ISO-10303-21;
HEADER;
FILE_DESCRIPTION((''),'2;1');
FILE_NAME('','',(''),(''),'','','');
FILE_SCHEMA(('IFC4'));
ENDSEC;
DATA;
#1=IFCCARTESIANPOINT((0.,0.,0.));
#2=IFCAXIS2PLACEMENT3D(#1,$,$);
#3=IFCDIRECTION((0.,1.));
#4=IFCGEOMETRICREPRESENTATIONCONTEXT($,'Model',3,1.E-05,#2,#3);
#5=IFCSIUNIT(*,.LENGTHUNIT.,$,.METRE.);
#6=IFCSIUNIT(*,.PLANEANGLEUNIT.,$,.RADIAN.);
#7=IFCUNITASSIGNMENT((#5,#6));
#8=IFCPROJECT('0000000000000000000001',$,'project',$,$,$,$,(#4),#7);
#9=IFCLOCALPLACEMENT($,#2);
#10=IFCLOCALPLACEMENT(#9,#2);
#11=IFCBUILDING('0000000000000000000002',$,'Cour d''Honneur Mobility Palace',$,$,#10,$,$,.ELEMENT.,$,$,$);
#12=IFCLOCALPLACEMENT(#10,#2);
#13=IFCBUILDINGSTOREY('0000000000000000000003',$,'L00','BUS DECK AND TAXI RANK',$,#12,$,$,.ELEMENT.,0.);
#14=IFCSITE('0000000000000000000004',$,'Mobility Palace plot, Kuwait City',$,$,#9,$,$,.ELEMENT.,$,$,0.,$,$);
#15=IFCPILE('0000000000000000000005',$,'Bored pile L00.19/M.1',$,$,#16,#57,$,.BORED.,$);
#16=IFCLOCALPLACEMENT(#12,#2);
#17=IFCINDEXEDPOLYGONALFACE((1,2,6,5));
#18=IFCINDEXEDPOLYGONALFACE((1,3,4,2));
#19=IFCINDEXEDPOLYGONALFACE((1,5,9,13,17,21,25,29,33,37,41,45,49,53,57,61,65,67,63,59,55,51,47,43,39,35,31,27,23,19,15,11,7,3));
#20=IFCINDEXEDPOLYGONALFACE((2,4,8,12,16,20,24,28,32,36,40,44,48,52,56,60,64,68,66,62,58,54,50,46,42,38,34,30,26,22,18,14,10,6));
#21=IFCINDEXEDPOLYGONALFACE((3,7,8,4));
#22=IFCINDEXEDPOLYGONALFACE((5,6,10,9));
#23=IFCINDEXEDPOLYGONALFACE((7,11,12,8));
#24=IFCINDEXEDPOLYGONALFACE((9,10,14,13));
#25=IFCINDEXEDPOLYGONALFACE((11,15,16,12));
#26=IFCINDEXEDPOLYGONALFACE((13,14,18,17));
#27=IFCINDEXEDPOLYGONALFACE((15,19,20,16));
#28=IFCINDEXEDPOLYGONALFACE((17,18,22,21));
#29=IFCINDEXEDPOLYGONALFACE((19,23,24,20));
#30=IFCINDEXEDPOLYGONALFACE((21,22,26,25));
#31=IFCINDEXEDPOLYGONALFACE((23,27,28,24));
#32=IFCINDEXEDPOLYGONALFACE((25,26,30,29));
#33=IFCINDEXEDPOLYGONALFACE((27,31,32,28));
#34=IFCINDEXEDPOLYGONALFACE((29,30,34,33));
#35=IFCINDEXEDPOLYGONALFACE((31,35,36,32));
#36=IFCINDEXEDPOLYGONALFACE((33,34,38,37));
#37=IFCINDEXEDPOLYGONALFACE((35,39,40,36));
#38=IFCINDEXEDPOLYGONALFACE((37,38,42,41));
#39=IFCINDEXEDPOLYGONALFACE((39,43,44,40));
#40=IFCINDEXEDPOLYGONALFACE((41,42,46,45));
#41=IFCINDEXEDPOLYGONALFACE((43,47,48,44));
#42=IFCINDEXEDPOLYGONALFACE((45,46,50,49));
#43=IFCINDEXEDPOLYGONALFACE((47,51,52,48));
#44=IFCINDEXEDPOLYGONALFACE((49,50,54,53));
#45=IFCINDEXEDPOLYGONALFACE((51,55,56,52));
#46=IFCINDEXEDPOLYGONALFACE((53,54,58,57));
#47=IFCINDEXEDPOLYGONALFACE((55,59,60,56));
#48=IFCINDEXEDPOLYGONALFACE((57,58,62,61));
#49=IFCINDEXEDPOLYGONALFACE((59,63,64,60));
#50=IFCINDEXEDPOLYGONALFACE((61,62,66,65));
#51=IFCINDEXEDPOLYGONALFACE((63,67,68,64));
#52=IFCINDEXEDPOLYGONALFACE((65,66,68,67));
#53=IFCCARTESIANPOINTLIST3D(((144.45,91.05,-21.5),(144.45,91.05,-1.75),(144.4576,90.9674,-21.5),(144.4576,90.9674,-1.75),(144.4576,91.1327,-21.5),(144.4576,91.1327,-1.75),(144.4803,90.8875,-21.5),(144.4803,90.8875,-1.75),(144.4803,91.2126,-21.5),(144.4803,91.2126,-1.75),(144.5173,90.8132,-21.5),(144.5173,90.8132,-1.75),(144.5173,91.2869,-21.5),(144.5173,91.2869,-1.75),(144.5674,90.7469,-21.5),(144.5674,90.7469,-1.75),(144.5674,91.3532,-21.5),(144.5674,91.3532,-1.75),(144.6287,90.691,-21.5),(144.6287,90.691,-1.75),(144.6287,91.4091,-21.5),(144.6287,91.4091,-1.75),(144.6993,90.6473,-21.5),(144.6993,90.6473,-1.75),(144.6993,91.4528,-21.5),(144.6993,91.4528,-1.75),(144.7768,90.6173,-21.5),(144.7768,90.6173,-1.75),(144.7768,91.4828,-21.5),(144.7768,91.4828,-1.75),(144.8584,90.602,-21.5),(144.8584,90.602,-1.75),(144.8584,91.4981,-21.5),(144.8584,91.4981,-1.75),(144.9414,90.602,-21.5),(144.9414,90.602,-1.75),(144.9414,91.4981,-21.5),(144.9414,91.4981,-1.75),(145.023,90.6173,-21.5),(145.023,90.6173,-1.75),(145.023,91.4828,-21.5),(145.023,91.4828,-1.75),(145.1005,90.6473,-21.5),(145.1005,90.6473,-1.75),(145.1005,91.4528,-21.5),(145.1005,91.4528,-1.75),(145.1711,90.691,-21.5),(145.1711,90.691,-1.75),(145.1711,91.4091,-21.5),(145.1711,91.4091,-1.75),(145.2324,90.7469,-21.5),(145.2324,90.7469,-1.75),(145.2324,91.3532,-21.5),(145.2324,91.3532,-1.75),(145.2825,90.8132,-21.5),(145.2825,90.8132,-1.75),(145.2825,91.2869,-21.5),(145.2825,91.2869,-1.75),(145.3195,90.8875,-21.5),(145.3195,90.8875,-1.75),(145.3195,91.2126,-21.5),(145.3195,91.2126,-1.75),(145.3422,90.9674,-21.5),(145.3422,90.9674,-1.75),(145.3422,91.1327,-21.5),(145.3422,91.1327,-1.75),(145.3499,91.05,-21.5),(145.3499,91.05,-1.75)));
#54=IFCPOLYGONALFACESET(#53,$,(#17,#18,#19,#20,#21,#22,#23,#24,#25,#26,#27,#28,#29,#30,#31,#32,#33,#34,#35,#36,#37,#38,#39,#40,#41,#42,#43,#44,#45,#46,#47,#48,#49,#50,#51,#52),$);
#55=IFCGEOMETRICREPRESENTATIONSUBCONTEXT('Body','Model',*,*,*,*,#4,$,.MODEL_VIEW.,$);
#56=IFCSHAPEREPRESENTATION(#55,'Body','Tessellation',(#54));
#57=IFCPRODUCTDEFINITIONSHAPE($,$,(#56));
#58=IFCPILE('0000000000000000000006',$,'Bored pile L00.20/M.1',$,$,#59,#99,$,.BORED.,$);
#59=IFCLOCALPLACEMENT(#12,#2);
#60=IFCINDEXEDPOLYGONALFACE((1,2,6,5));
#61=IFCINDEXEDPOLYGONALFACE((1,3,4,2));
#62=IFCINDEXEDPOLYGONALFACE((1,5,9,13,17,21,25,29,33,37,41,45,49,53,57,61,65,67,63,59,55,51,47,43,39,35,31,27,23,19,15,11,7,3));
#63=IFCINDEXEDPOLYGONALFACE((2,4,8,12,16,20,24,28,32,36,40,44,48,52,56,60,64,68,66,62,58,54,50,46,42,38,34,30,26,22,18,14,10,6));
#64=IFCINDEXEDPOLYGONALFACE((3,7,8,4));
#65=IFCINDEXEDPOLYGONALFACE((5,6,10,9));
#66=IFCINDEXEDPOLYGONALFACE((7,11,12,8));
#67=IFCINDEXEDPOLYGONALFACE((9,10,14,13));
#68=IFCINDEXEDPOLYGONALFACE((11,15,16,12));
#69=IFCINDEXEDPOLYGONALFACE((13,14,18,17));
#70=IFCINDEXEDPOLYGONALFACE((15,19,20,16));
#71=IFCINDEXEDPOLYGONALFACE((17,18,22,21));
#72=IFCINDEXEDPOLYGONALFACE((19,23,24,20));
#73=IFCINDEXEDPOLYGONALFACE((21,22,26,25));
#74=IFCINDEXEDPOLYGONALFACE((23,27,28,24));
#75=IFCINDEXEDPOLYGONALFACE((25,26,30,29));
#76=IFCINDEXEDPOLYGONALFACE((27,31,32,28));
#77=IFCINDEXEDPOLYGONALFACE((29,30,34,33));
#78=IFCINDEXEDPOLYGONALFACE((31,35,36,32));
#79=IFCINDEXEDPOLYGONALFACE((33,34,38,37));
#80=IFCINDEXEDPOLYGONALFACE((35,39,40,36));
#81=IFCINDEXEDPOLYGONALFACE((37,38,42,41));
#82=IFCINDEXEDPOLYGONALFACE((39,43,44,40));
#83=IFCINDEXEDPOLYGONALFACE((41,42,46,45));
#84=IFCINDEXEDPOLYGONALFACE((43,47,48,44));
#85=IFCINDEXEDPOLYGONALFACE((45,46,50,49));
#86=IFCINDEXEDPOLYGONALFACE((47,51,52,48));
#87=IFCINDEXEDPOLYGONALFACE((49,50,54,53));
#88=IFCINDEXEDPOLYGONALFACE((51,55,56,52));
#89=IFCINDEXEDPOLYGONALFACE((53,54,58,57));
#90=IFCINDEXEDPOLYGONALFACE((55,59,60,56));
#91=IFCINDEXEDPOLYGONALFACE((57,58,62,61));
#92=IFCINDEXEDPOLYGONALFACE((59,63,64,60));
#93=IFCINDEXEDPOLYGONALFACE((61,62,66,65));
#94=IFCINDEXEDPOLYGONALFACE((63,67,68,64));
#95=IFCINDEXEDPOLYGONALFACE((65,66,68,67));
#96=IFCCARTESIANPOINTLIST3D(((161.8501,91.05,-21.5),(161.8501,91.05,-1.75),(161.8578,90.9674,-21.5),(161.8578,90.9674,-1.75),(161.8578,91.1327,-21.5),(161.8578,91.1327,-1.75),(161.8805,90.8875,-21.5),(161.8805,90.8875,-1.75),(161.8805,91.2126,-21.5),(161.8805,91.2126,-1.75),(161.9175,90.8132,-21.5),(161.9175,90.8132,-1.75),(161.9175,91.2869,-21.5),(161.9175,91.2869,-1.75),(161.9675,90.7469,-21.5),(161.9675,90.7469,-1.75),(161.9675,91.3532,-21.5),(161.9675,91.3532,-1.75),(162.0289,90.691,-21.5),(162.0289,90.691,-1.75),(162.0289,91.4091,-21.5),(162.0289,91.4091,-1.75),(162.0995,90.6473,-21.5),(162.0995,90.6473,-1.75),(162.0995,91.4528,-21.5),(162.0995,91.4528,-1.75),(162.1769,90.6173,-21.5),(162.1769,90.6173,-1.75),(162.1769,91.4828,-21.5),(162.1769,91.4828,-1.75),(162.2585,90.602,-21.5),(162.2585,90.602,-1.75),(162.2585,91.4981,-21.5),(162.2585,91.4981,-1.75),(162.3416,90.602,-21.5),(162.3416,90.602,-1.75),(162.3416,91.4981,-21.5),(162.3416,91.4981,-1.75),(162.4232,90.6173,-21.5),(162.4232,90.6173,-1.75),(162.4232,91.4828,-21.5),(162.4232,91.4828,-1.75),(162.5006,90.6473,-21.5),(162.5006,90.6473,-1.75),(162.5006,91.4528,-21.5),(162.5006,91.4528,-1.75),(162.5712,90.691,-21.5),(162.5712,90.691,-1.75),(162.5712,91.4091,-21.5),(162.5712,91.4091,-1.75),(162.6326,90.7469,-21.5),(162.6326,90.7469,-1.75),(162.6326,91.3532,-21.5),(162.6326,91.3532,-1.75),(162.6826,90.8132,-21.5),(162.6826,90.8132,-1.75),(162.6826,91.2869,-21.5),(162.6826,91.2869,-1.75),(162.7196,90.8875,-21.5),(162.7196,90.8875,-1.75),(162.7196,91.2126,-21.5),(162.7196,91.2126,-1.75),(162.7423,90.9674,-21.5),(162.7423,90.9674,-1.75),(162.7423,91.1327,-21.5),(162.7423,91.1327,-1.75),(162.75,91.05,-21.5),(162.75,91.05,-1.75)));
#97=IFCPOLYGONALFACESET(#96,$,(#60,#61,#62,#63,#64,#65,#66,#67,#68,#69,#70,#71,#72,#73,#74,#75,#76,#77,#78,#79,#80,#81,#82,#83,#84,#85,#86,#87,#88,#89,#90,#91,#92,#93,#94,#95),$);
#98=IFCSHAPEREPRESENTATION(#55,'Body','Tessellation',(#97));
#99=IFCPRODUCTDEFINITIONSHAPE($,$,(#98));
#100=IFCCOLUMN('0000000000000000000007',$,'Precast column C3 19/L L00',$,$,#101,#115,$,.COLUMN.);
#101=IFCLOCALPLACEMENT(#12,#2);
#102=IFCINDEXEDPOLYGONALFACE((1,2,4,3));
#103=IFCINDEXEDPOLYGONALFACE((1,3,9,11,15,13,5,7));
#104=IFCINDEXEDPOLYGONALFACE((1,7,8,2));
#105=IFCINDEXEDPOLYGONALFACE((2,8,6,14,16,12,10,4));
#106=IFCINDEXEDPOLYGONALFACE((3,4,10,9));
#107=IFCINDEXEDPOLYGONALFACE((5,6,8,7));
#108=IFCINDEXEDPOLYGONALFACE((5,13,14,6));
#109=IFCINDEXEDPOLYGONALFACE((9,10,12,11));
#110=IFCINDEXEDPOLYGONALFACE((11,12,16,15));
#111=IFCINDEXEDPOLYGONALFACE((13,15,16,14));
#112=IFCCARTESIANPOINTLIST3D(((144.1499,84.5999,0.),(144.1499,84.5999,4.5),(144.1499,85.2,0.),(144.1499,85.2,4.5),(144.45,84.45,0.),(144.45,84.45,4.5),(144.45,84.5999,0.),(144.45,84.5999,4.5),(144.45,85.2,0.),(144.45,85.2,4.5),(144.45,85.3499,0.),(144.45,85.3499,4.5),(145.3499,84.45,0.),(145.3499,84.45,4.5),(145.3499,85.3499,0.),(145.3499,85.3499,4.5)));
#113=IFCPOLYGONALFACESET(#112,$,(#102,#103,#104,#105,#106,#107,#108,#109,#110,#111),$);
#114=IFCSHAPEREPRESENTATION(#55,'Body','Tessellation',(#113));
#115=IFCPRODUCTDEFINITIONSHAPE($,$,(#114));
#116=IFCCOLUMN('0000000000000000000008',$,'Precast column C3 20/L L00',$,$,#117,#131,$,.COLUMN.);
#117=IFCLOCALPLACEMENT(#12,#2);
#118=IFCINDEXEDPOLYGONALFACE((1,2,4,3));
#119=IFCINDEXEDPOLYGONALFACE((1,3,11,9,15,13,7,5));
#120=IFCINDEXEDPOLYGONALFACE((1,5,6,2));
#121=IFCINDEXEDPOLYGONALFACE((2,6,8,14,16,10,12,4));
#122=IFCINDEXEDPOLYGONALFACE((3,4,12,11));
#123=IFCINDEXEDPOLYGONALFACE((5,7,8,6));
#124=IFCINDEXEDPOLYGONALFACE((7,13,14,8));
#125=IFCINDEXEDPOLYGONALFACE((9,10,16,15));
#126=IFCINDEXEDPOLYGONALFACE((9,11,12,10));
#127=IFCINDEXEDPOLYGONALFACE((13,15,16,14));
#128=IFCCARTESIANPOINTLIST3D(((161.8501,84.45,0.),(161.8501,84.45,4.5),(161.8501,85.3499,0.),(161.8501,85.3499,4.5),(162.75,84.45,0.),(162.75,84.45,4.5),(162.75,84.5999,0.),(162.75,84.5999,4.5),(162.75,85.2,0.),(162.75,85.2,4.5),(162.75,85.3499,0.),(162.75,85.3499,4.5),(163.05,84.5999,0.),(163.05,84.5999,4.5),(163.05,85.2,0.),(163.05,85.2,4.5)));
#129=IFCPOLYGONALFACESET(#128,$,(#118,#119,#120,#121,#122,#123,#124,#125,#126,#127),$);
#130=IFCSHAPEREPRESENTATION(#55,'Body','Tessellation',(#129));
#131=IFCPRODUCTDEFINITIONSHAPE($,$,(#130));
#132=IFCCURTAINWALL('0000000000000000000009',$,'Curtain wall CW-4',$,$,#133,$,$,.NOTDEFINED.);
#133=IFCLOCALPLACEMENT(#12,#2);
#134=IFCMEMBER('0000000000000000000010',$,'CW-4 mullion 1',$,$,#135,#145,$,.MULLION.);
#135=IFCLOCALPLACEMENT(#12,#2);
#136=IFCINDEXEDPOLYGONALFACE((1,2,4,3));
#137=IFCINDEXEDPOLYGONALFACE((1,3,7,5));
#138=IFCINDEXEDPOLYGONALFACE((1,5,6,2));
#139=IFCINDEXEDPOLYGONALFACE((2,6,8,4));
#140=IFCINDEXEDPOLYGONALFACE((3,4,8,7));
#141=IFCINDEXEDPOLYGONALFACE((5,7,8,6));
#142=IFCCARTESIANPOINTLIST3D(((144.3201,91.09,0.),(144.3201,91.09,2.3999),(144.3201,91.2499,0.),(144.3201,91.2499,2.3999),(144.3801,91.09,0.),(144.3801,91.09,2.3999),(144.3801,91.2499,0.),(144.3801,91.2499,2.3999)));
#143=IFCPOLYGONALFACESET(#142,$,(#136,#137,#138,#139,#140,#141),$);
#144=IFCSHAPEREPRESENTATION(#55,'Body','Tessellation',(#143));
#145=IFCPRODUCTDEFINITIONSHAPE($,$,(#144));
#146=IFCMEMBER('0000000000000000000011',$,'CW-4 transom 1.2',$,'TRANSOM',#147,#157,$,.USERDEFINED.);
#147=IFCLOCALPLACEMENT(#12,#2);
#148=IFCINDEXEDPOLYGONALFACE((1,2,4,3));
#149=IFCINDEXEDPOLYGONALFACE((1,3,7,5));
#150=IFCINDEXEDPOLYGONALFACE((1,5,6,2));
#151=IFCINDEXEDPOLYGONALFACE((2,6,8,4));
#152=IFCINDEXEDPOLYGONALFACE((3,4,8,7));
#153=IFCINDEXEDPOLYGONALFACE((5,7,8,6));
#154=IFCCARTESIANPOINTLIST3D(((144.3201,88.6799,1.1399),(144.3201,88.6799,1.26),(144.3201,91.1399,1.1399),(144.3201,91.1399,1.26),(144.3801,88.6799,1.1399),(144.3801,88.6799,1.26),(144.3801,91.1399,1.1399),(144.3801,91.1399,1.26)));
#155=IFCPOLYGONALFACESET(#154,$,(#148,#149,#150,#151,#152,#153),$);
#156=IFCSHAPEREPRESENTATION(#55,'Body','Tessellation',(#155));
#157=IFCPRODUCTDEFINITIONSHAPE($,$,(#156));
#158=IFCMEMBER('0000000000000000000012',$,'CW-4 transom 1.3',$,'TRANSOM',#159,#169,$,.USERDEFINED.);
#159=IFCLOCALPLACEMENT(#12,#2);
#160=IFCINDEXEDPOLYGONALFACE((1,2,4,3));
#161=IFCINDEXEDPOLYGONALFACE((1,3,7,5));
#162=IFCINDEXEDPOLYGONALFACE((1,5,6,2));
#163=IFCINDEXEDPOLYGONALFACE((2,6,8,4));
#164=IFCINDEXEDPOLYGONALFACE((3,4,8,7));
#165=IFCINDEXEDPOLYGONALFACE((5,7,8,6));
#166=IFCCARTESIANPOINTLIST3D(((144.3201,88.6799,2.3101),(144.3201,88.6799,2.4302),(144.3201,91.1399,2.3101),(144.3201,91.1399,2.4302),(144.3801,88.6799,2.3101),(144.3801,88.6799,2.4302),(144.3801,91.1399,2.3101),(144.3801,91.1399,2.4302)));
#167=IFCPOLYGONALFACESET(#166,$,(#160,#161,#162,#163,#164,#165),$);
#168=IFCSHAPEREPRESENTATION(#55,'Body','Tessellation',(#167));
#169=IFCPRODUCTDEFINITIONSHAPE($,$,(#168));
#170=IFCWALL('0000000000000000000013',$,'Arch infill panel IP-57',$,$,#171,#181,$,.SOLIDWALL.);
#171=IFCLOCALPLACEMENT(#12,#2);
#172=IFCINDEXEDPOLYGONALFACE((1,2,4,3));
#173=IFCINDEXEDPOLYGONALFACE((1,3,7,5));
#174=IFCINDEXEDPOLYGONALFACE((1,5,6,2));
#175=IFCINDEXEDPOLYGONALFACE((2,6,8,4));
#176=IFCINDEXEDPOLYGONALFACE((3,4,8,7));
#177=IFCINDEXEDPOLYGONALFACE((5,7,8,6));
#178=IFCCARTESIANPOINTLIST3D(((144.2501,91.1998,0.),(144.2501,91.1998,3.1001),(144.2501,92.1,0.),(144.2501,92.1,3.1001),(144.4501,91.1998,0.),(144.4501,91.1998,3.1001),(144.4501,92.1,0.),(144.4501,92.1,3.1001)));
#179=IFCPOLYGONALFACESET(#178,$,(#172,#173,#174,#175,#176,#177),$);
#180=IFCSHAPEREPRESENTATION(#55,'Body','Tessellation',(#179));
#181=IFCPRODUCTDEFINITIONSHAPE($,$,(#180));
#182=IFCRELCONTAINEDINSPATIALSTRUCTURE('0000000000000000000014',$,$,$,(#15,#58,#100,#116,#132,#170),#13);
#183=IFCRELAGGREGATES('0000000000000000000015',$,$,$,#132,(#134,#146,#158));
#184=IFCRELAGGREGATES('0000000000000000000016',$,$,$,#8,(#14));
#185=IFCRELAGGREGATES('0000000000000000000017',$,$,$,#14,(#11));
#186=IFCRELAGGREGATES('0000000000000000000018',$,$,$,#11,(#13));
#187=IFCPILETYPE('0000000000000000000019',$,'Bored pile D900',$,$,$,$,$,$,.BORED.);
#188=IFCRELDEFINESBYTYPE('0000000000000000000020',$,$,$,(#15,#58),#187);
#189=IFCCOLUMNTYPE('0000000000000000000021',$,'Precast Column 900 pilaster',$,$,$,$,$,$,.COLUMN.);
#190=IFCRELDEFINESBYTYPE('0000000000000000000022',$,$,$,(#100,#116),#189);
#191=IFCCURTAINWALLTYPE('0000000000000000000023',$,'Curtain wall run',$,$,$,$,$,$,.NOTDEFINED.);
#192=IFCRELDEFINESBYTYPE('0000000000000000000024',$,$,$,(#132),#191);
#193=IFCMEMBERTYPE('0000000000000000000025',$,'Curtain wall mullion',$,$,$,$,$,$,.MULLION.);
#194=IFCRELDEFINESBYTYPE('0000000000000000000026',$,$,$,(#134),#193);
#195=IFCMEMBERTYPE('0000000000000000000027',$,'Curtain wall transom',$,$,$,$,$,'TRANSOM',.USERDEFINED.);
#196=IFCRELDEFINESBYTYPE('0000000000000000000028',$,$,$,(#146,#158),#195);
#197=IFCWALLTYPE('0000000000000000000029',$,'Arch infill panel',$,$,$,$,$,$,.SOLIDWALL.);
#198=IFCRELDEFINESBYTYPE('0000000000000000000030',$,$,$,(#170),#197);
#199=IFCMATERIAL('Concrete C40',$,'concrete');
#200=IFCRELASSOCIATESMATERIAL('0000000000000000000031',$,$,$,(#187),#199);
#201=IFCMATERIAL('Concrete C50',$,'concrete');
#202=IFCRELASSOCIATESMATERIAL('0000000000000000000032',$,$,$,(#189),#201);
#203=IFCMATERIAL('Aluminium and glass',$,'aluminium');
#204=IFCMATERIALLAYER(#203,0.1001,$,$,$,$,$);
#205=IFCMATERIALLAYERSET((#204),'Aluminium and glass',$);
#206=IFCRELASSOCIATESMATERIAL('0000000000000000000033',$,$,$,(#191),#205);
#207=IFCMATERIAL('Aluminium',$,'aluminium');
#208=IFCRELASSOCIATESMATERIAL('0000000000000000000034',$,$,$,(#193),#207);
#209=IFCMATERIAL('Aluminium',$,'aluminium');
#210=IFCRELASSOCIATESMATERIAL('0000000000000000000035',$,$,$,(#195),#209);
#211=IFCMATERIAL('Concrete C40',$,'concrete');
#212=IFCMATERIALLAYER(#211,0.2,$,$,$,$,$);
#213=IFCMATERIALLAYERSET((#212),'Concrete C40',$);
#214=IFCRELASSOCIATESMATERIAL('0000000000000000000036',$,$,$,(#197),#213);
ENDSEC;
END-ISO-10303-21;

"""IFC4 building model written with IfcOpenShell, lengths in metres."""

from ifc_helpers import new_model, si_unit, direction, frame, frame_2d, origin, origin_2d, place, context, subcontext, project, spatial, polyline, rectangle, circle, outline, extrude, material, layer, layer_set, material_profile, profile_set, type_object, element, aggregate, save


model = new_model("IFC4")

# Units and contexts
model_context = context("Model", 3, precision=1e-05, world=origin(), true_north=direction((0.0, 1.0)))
body_context = subcontext(model_context, "Body", "Model", "MODEL_VIEW")
ifc_project = project(units=[si_unit("LENGTHUNIT", "METRE"), si_unit("PLANEANGLEUNIT", "RADIAN")], contexts=[model_context])

# Site, building, storey
site_placement = place(None, origin())
site = spatial("IfcSite", under=ifc_project, at=site_placement, Name="Mobility Palace plot, Kuwait City", CompositionType="ELEMENT", RefElevation=0.0)
building_placement = place(site_placement, origin())
building = spatial("IfcBuilding", under=site, at=building_placement, Name="Cour d'Honneur Mobility Palace", CompositionType="ELEMENT")
storey_placement = place(building_placement, origin())
storey = spatial("IfcBuildingStorey", under=building, at=storey_placement, Name="L00", Description="BUS DECK AND TAXI RANK", CompositionType="ELEMENT", Elevation=0.0)

# Piles
ifc_material_1 = material(Name="Concrete C40", Category="concrete")
ifc_material_profile_1 = material_profile(ifc_material_1, circle(Radius=0.45, at=origin_2d()), Name="Bored pile D900")
ifc_profile_set_1 = profile_set([ifc_material_profile_1], Name="Concrete C40")
pile_type = type_object("IfcPileType", Name="Bored pile D900", PredefinedType="BORED", material=ifc_profile_set_1)
for number, where, z_axis, x_axis, name in (
    (1, (144.8999, 91.05, -1.75), (0.0, 0.0, -1.0), (1.0, 0.0, 0.0), "Bored pile L00.19/M.1"),
    (2, (162.3, 91.05, -1.75), (0.0, 0.0, -1.0), (1.0, 0.0, 0.0), "Bored pile L00.20/M.1"),
):
    element("IfcPile", number, at=place(storey_placement, frame(where, z_axis=z_axis, x_axis=x_axis)), inside=storey, type_object=pile_type, Name=name, PredefinedType="BORED", context=body_context, shape_type="SweptSolid", body=[
        extrude(circle(Radius=0.45, at=origin_2d()), origin(), (0.0, 0.0, 1.0), 19.75),
    ])

# Columns
ifc_material_2 = material(Name="Concrete C50", Category="concrete")
ifc_material_profile_2 = material_profile(ifc_material_2, outline(polyline([(-0.45, -0.45), (0.45, -0.45), (0.45, -0.3), (0.75, -0.3), (0.75, 0.3), (0.45, 0.3), (0.45, 0.45), (-0.45, 0.45), (-0.45, -0.45)])), Name="PC C900 pilaster")
ifc_profile_set_2 = profile_set([ifc_material_profile_2], Name="Concrete C50")
column_type = type_object("IfcColumnType", Name="Precast Column 900 pilaster", PredefinedType="COLUMN", material=ifc_profile_set_2)
for number, where, z_axis, x_axis, name in (
    (3, (144.8999, 84.8999, 0.0), (0.0, 0.0, 1.0), (-1.0, 0.0, 0.0), "Precast column C3 19/L L00"),
    (4, (162.3, 84.8999, 0.0), (0.0, 0.0, 1.0), (1.0, 0.0, 0.0), "Precast column C3 20/L L00"),
):
    element("IfcColumn", number, at=place(storey_placement, frame(where, z_axis=z_axis, x_axis=x_axis)), inside=storey, type_object=column_type, Name=name, PredefinedType="COLUMN", context=body_context, shape_type="SweptSolid", body=[
        extrude(outline(polyline([(-0.45, -0.45), (0.45, -0.45), (0.45, -0.3), (0.75, -0.3), (0.75, 0.3), (0.45, 0.3), (0.45, 0.45), (-0.45, 0.45), (-0.45, -0.45)])), origin(), (0.0, 0.0, 1.0), 4.5),
    ])

# Curtain wall, members
ifc_material_3 = material(Name="Aluminium and glass", Category="aluminium")
ifc_layer_1 = layer(ifc_material_3, 0.1001)
ifc_layer_set_1 = layer_set([ifc_layer_1], Name="Aluminium and glass")
curtain_wall_type = type_object("IfcCurtainWallType", Name="Curtain wall run", PredefinedType="NOTDEFINED", material=ifc_layer_set_1)
curtain_wall_placement = place(storey_placement, origin())
curtain_wall = element("IfcCurtainWall", 5, at=curtain_wall_placement, inside=storey, type_object=curtain_wall_type, Name="Curtain wall CW-4", PredefinedType="NOTDEFINED")
ifc_material_4 = material(Name="Aluminium", Category="aluminium")
ifc_material_profile_3 = material_profile(ifc_material_4, rectangle(XDim=0.0601, YDim=0.1599, at=origin_2d()), Name="Curtain wall mullion")
ifc_profile_set_3 = profile_set([ifc_material_profile_3], Name="Aluminium")
member_type_1 = type_object("IfcMemberType", Name="Curtain wall mullion", PredefinedType="MULLION", material=ifc_profile_set_3)
member_1_placement = place(storey_placement, frame((144.3501, 91.1699, 0.0), z_axis=(0.0, 0.0, 1.0), x_axis=(1.0, 0.0, 0.0)))
member_1 = element("IfcMember", 6, at=member_1_placement, type_object=member_type_1, Name="CW-4 mullion 1", PredefinedType="MULLION", context=body_context, shape_type="SweptSolid", body=[
    extrude(rectangle(XDim=0.0601, YDim=0.1599, at=origin_2d()), origin(), (0.0, 0.0, 1.0), 2.3999),
])
ifc_material_5 = material(Name="Aluminium", Category="aluminium")
ifc_material_profile_4 = material_profile(ifc_material_5, rectangle(XDim=0.0601, YDim=0.1201, at=origin_2d()), Name="Curtain wall transom")
ifc_profile_set_4 = profile_set([ifc_material_profile_4], Name="Aluminium")
member_type_2 = type_object("IfcMemberType", Name="Curtain wall transom", ElementType="TRANSOM", PredefinedType="USERDEFINED", material=ifc_profile_set_4)
member_2_placement = place(storey_placement, frame((144.3501, 91.1399, 1.2), z_axis=(0.0, -1.0, 0.0), x_axis=(1.0, 0.0, 0.0)))
member_2 = element("IfcMember", 7, at=member_2_placement, type_object=member_type_2, Name="CW-4 transom 1.2", ObjectType="TRANSOM", PredefinedType="USERDEFINED", context=body_context, shape_type="SweptSolid", body=[
    extrude(rectangle(XDim=0.0601, YDim=0.1201, at=origin_2d()), origin(), (0.0, 0.0, 1.0), 2.46),
])
member_3_placement = place(storey_placement, frame((144.3501, 91.1399, 2.3701), z_axis=(0.0, -1.0, 0.0), x_axis=(1.0, 0.0, 0.0)))
member_3 = element("IfcMember", 8, at=member_3_placement, type_object=member_type_2, Name="CW-4 transom 1.3", ObjectType="TRANSOM", PredefinedType="USERDEFINED", context=body_context, shape_type="SweptSolid", body=[
    extrude(rectangle(XDim=0.0601, YDim=0.1201, at=origin_2d()), origin(), (0.0, 0.0, 1.0), 2.46),
])
aggregate(curtain_wall, [member_1, member_2, member_3])

# Shared definitions
ifc_material_6 = material(Name="Concrete C40", Category="concrete")
ifc_layer_2 = layer(ifc_material_6, 0.2)
ifc_layer_set_2 = layer_set([ifc_layer_2], Name="Concrete C40")
wall_type_1 = type_object("IfcWallType", Name="Arch infill panel", PredefinedType="SOLIDWALL", material=ifc_layer_set_2)

# Wall
wall_1_placement = place(storey_placement, frame((144.3501, 92.1001, 0.0), z_axis=(0.0, 0.0, 1.0), x_axis=(0.0, -1.0, 0.0)))
element("IfcWall", 9, at=wall_1_placement, inside=storey, type_object=wall_type_1, Name="Arch infill panel IP-57", PredefinedType="SOLIDWALL", context=body_context, shape_type="SweptSolid", body=[
    extrude(rectangle(XDim=0.9001, YDim=0.2, at=frame_2d((0.4502, 0.0))), origin(), (0.0, 0.0, 1.0), 3.1001),
])

save(model, "model.ifc")
